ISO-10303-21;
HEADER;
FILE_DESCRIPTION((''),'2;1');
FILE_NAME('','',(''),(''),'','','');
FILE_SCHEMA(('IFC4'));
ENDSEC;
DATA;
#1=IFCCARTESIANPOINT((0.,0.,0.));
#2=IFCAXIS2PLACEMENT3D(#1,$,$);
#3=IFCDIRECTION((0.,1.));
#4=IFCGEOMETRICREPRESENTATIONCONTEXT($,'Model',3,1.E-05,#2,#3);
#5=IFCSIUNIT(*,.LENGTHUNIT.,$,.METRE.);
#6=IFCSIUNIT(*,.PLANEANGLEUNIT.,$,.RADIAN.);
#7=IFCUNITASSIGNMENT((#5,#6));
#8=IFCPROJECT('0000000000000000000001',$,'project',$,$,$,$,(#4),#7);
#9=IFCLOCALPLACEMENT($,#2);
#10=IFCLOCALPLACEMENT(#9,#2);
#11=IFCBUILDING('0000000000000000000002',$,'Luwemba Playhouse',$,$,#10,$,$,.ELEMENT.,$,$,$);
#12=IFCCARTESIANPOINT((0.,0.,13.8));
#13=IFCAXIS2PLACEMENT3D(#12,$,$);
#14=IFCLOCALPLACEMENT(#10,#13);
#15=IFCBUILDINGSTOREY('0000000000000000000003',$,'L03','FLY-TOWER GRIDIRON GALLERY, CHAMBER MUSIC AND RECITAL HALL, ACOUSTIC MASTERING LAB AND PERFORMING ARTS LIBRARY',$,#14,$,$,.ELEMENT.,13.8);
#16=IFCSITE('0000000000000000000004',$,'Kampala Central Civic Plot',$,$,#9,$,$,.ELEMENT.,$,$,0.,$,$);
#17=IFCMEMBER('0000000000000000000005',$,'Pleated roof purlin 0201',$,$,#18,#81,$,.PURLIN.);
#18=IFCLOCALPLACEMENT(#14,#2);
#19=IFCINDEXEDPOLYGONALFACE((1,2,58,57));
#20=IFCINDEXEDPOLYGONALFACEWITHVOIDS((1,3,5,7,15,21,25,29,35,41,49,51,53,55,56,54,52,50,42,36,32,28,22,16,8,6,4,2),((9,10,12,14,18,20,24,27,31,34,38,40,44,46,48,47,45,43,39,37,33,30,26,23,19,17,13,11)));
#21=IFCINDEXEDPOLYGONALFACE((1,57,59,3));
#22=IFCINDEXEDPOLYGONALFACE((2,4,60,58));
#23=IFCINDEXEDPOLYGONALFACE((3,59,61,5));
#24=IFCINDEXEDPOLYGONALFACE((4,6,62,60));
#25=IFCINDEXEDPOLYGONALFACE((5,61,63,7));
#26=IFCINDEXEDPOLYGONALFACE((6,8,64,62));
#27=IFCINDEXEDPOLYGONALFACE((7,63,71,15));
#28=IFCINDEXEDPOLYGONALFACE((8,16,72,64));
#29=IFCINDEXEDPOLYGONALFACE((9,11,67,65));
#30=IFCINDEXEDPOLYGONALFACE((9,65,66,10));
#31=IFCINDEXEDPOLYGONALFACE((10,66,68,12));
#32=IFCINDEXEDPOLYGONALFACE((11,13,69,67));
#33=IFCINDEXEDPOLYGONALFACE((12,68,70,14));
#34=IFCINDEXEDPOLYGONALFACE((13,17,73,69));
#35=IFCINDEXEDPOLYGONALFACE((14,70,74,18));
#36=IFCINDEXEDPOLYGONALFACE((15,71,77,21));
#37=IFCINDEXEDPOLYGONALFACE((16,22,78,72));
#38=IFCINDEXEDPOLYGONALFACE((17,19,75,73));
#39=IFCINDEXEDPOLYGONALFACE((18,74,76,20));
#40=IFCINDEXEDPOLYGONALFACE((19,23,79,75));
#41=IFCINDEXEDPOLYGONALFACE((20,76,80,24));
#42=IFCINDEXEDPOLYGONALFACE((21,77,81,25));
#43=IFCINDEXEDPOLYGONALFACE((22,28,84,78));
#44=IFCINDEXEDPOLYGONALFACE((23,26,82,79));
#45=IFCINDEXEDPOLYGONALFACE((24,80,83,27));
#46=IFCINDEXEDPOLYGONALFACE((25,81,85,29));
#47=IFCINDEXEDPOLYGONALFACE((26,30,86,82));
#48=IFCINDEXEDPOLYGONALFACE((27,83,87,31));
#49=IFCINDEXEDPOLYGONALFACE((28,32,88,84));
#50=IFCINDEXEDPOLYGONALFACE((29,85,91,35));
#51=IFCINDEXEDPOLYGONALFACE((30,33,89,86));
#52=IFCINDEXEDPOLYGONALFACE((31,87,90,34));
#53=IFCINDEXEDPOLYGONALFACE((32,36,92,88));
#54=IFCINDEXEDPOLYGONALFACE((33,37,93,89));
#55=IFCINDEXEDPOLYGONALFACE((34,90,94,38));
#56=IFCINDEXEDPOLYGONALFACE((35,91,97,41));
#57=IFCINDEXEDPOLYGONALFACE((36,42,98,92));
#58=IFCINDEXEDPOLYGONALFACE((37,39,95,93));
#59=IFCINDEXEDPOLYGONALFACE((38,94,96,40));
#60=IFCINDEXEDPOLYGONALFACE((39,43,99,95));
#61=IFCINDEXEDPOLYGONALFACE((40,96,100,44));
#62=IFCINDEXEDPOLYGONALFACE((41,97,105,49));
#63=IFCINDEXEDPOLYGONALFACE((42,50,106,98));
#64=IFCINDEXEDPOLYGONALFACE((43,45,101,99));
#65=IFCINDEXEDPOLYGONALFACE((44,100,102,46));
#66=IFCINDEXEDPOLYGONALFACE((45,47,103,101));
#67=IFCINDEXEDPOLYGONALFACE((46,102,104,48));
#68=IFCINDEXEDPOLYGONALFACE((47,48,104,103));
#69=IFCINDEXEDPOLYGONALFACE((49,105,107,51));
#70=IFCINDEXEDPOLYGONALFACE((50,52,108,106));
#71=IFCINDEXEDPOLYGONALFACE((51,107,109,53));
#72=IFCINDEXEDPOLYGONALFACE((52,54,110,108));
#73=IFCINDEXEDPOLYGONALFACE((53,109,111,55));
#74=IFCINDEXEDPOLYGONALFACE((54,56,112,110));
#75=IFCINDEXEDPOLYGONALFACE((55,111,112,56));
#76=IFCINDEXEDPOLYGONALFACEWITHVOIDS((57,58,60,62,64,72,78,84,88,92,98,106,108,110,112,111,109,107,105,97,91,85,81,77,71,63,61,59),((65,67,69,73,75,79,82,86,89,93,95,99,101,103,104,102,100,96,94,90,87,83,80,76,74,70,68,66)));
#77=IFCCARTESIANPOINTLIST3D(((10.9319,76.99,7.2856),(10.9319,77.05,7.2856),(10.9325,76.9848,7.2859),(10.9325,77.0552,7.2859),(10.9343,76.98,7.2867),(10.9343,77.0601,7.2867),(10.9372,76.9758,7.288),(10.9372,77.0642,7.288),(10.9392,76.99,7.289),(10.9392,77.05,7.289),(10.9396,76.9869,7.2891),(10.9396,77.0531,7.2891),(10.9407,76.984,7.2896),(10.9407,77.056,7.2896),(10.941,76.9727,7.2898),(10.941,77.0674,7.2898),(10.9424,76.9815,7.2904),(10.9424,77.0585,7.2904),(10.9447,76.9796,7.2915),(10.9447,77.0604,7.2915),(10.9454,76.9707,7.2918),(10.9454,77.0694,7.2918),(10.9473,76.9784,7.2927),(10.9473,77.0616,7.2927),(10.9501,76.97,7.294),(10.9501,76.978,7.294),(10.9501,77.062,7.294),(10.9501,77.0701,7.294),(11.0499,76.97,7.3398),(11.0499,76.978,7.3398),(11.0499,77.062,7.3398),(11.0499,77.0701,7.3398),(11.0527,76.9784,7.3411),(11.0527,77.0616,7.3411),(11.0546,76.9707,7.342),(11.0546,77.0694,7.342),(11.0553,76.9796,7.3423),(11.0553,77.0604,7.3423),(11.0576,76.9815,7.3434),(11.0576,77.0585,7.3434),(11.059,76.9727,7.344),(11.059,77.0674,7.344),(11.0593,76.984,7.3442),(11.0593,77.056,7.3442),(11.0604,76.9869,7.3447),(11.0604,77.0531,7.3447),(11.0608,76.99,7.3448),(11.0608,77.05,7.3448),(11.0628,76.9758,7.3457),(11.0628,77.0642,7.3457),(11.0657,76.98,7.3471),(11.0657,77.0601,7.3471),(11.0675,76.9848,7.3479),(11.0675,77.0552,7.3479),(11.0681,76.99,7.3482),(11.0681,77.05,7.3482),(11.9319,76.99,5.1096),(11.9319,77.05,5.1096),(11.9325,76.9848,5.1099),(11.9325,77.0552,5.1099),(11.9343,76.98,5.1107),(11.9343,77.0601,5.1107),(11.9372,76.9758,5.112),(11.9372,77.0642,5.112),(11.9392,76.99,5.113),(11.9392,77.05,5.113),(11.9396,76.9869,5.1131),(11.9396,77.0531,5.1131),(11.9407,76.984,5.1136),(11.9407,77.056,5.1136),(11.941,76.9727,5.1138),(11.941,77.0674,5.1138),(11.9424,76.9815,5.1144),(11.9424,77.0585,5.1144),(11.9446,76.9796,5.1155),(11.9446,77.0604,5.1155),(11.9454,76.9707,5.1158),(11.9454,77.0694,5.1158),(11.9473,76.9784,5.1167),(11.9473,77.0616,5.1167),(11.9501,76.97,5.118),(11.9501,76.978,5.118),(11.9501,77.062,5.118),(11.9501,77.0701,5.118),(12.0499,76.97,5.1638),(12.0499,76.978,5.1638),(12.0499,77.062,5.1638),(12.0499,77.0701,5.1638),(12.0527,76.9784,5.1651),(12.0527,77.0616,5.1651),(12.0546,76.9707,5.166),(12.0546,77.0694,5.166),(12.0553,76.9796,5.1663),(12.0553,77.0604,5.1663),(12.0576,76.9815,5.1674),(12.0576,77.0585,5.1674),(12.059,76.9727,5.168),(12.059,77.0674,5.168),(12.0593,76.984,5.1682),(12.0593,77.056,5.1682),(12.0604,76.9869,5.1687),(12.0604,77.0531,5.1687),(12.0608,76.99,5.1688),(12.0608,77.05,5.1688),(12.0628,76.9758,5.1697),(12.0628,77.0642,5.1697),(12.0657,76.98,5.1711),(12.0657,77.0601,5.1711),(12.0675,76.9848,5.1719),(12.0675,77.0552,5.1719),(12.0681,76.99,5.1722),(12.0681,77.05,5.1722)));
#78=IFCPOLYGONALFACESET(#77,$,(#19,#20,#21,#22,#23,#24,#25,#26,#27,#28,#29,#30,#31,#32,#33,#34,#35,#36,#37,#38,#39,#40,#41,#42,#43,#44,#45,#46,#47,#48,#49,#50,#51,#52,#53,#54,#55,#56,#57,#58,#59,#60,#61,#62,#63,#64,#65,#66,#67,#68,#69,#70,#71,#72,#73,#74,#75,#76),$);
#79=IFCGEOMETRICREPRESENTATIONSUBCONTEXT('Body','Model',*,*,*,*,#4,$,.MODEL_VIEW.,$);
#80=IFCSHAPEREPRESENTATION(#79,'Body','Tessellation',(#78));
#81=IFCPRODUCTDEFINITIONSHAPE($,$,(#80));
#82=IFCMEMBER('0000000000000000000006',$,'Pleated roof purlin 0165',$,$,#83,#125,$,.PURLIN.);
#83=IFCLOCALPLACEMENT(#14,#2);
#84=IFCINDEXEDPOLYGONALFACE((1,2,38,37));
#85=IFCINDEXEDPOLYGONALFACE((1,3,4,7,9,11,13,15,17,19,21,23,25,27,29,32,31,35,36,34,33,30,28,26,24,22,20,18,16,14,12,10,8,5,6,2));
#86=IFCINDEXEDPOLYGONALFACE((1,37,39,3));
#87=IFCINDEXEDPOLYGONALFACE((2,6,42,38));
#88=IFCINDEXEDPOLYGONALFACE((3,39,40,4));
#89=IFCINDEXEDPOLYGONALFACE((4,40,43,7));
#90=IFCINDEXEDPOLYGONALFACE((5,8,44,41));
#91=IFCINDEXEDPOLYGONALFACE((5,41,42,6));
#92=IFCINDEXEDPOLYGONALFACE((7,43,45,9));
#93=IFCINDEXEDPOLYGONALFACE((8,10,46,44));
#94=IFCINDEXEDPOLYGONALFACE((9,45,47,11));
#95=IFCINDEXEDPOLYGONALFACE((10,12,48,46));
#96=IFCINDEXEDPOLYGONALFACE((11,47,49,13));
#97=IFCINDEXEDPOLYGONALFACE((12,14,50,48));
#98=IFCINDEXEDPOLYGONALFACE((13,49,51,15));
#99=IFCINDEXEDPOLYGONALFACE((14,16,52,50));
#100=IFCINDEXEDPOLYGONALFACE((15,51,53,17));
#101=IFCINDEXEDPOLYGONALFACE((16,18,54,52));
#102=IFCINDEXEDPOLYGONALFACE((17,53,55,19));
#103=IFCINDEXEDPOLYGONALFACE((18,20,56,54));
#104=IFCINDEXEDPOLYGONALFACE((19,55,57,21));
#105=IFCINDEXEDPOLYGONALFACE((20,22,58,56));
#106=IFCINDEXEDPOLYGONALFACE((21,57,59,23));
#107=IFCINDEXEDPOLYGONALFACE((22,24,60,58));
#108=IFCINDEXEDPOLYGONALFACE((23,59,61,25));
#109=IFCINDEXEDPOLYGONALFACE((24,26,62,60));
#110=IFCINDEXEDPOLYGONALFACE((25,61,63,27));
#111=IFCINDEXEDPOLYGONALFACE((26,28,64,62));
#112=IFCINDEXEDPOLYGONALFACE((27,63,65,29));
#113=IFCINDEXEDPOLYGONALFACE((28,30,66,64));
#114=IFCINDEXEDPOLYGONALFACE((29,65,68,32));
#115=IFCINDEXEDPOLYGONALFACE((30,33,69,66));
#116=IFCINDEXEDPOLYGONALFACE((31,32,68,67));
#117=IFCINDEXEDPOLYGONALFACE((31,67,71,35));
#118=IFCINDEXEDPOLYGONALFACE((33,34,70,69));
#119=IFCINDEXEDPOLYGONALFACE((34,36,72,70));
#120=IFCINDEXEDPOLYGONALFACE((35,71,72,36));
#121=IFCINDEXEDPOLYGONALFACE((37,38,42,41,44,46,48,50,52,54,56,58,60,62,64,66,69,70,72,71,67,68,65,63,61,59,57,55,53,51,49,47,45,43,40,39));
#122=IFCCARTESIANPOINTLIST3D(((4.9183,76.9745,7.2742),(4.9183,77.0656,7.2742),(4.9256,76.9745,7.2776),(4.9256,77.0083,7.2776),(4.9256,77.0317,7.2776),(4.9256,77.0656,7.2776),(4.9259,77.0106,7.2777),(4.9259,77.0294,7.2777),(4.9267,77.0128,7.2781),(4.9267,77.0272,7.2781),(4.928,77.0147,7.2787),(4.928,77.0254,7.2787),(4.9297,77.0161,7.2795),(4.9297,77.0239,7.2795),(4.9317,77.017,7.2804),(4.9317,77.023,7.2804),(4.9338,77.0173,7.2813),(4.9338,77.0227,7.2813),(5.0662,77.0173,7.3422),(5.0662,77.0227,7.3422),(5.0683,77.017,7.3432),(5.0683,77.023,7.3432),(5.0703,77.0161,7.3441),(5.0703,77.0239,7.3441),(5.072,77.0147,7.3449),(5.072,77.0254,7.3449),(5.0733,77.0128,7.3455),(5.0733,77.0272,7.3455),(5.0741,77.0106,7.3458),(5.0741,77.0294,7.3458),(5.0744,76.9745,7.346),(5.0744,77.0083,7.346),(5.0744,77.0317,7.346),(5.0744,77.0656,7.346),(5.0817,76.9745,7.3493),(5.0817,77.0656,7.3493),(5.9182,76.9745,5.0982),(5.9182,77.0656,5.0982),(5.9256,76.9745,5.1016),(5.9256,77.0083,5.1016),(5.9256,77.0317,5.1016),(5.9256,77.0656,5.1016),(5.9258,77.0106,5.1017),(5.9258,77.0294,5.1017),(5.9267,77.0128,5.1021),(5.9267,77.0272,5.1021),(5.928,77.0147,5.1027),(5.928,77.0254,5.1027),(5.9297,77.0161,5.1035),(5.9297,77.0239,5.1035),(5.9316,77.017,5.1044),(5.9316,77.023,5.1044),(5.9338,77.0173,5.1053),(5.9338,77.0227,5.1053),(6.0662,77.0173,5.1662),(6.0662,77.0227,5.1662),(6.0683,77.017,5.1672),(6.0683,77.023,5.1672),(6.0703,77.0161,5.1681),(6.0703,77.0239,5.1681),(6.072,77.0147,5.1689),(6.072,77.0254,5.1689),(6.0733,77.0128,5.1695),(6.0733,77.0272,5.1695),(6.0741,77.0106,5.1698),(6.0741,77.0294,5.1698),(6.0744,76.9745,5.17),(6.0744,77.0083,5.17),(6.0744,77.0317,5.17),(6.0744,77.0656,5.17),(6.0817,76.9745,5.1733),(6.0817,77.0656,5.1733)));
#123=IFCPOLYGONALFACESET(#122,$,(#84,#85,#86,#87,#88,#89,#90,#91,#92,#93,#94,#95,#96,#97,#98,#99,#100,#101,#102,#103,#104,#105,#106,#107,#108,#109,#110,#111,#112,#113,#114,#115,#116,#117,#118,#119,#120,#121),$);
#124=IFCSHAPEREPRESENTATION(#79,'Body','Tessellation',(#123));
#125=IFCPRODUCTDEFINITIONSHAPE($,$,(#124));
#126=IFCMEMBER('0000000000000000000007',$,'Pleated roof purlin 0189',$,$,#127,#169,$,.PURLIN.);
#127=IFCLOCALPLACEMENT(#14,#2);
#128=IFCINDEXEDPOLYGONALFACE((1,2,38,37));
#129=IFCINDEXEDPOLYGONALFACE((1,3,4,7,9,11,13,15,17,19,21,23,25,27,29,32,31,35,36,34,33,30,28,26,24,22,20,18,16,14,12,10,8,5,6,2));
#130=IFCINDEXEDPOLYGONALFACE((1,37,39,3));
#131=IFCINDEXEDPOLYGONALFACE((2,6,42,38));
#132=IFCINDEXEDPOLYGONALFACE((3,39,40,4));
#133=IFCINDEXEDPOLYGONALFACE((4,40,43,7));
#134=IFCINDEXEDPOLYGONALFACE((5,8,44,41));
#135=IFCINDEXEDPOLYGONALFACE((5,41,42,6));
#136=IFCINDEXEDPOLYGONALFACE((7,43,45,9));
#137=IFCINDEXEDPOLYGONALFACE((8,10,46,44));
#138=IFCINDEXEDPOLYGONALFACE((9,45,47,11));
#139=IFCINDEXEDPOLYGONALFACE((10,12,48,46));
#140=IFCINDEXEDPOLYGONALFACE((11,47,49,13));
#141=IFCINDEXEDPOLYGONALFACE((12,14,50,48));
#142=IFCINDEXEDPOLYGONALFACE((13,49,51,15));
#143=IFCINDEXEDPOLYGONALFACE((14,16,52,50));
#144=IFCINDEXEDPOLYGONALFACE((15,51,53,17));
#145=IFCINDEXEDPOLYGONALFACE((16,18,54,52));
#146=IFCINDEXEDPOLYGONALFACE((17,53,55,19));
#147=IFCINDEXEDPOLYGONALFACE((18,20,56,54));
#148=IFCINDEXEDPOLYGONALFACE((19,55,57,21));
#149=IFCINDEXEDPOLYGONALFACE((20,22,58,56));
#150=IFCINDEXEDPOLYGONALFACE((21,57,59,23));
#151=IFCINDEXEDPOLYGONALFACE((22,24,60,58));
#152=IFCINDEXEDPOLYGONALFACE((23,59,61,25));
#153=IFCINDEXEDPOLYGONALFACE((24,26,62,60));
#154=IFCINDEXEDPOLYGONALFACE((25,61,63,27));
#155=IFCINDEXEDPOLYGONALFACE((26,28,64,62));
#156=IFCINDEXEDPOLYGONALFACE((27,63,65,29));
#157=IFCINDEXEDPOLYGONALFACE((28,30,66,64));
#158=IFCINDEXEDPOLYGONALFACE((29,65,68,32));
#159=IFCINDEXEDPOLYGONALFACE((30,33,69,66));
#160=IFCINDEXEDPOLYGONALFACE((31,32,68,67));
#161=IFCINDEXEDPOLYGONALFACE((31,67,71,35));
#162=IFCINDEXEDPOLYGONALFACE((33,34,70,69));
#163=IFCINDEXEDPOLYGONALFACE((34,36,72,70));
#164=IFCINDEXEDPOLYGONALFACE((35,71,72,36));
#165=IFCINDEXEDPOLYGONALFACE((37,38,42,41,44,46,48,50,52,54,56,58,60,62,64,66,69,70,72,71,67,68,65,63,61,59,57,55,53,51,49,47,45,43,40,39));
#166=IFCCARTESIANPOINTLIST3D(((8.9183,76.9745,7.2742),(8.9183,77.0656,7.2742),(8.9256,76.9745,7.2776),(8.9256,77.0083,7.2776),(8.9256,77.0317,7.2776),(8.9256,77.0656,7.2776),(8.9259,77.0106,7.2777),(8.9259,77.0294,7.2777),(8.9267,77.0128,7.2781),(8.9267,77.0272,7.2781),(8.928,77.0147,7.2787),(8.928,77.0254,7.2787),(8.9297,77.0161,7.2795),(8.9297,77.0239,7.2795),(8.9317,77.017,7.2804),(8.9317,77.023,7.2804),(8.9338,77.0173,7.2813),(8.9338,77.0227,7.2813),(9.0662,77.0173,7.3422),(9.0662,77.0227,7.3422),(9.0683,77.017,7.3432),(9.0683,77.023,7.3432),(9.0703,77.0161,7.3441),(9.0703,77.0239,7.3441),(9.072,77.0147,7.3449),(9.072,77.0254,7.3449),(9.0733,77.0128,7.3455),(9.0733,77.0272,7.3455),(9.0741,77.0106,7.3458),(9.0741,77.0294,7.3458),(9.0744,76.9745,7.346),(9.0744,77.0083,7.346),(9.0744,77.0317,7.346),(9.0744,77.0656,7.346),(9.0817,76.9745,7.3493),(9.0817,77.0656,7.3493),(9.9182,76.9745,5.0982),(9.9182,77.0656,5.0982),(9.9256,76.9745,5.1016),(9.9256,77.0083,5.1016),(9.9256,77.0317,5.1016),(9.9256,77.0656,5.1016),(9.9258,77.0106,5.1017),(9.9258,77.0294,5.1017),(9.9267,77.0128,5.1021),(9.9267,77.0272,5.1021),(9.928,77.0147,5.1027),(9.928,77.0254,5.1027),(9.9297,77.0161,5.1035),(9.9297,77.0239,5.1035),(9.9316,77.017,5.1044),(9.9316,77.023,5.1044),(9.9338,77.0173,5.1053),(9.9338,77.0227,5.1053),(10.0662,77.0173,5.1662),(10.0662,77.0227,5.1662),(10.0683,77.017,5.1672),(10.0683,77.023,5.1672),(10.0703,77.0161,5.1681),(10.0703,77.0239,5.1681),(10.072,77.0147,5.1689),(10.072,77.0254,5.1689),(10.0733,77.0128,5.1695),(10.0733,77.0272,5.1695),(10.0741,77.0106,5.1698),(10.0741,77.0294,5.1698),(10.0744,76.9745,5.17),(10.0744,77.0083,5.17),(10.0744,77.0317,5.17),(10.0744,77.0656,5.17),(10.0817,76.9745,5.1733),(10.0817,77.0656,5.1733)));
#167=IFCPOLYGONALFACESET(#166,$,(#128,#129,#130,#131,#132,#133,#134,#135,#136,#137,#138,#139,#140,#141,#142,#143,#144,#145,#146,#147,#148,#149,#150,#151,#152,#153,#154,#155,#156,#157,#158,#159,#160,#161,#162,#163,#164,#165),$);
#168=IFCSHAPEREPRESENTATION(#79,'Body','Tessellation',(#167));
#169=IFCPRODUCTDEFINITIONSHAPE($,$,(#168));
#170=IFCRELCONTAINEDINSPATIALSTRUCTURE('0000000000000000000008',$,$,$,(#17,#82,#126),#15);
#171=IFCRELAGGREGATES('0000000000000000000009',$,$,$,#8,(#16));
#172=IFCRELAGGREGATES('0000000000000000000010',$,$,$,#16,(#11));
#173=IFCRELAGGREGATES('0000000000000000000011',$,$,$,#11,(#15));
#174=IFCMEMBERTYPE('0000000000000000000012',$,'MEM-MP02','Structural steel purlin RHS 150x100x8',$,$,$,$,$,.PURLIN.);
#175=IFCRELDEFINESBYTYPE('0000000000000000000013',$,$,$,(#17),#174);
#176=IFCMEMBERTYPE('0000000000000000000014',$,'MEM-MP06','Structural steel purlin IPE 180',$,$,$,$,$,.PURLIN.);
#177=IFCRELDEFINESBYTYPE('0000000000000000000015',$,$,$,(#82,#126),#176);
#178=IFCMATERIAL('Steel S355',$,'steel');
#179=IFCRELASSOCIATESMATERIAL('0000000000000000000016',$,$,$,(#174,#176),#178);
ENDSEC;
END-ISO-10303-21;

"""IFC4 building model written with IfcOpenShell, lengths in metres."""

from ifc_helpers import new_model, si_unit, direction, frame, origin, origin_2d, place, context, subcontext, project, spatial, hollow_rectangle, i_section, extrude, material, material_profile, profile_set, type_object, element, save


model = new_model("IFC4")

# Units and contexts
model_context = context("Model", 3, precision=1e-05, world=origin(), true_north=direction((0.0, 1.0)))
body_context = subcontext(model_context, "Body", "Model", "MODEL_VIEW")
ifc_project = project(units=[si_unit("LENGTHUNIT", "METRE"), si_unit("PLANEANGLEUNIT", "RADIAN")], contexts=[model_context])

# Site, building, storey
site_placement = place(None, origin())
site = spatial("IfcSite", under=ifc_project, at=site_placement, Name="Kampala Central Civic Plot", CompositionType="ELEMENT", RefElevation=0.0)
building_placement = place(site_placement, origin())
building = spatial("IfcBuilding", under=site, at=building_placement, Name="Luwemba Playhouse", CompositionType="ELEMENT")
storey_placement = place(building_placement, frame((0.0, 0.0, 13.8)))
storey = spatial("IfcBuildingStorey", under=building, at=storey_placement, Name="L03", Description="FLY-TOWER GRIDIRON GALLERY, CHAMBER MUSIC AND RECITAL HALL, ACOUSTIC MASTERING LAB AND PERFORMING ARTS LIBRARY", CompositionType="ELEMENT", Elevation=13.8)

# Shared definitions
ifc_material_1 = material(Name="Steel S355", Category="steel")

# Members
ifc_material_profile_1 = material_profile(ifc_material_1, hollow_rectangle(XDim=0.1001, YDim=0.1499, WallThickness=0.0081, InnerFilletRadius=0.012, OuterFilletRadius=0.02, at=origin_2d()))
ifc_profile_set_1 = profile_set([ifc_material_profile_1], Name="Steel S355")
member_type_1 = type_object("IfcMemberType", Name="MEM-MP02", Description="Structural steel purlin RHS 150x100x8", PredefinedType="PURLIN", material=ifc_profile_set_1)
for number, where, z_axis, x_axis, name in (
    (1, (11.0, 77.02, 7.3169), (0.417571, 0.0, -0.908644), (0.0, 1.0, 0.0), "Pleated roof purlin 0201"),
):
    element("IfcMember", number, at=place(storey_placement, frame(where, z_axis=z_axis, x_axis=x_axis)), inside=storey, type_object=member_type_1, Name=name, PredefinedType="PURLIN", context=body_context, shape_type="SweptSolid", body=[
        extrude(hollow_rectangle(XDim=0.1001, YDim=0.1499, WallThickness=0.0081, InnerFilletRadius=0.012, OuterFilletRadius=0.02, at=origin_2d()), origin(), (0.0, 0.0, 1.0), 2.3948),
    ])
ifc_material_profile_2 = material_profile(ifc_material_1, i_section(OverallWidth=0.0911, OverallDepth=0.1799, WebThickness=0.0054, FlangeThickness=0.0081, FilletRadius=0.009, at=origin_2d()))
ifc_profile_set_2 = profile_set([ifc_material_profile_2], Name="Steel S355")
member_type_2 = type_object("IfcMemberType", Name="MEM-MP06", Description="Structural steel purlin IPE 180", PredefinedType="PURLIN", material=ifc_profile_set_2)
for number, where, z_axis, x_axis, name in (
    (2, (5.0, 77.02, 7.3118), (0.417571, 0.0, -0.908644), (0.0, 1.0, 0.0), "Pleated roof purlin 0165"),
    (3, (9.0, 77.02, 7.3118), (0.417571, 0.0, -0.908644), (0.0, 1.0, 0.0), "Pleated roof purlin 0189"),
):
    element("IfcMember", number, at=place(storey_placement, frame(where, z_axis=z_axis, x_axis=x_axis)), inside=storey, type_object=member_type_2, Name=name, PredefinedType="PURLIN", context=body_context, shape_type="SweptSolid", body=[
        extrude(i_section(OverallWidth=0.0911, OverallDepth=0.1799, WebThickness=0.0054, FlangeThickness=0.0081, FilletRadius=0.009, at=origin_2d()), origin(), (0.0, 0.0, 1.0), 2.3948),
    ])

save(model, "model.ifc")
